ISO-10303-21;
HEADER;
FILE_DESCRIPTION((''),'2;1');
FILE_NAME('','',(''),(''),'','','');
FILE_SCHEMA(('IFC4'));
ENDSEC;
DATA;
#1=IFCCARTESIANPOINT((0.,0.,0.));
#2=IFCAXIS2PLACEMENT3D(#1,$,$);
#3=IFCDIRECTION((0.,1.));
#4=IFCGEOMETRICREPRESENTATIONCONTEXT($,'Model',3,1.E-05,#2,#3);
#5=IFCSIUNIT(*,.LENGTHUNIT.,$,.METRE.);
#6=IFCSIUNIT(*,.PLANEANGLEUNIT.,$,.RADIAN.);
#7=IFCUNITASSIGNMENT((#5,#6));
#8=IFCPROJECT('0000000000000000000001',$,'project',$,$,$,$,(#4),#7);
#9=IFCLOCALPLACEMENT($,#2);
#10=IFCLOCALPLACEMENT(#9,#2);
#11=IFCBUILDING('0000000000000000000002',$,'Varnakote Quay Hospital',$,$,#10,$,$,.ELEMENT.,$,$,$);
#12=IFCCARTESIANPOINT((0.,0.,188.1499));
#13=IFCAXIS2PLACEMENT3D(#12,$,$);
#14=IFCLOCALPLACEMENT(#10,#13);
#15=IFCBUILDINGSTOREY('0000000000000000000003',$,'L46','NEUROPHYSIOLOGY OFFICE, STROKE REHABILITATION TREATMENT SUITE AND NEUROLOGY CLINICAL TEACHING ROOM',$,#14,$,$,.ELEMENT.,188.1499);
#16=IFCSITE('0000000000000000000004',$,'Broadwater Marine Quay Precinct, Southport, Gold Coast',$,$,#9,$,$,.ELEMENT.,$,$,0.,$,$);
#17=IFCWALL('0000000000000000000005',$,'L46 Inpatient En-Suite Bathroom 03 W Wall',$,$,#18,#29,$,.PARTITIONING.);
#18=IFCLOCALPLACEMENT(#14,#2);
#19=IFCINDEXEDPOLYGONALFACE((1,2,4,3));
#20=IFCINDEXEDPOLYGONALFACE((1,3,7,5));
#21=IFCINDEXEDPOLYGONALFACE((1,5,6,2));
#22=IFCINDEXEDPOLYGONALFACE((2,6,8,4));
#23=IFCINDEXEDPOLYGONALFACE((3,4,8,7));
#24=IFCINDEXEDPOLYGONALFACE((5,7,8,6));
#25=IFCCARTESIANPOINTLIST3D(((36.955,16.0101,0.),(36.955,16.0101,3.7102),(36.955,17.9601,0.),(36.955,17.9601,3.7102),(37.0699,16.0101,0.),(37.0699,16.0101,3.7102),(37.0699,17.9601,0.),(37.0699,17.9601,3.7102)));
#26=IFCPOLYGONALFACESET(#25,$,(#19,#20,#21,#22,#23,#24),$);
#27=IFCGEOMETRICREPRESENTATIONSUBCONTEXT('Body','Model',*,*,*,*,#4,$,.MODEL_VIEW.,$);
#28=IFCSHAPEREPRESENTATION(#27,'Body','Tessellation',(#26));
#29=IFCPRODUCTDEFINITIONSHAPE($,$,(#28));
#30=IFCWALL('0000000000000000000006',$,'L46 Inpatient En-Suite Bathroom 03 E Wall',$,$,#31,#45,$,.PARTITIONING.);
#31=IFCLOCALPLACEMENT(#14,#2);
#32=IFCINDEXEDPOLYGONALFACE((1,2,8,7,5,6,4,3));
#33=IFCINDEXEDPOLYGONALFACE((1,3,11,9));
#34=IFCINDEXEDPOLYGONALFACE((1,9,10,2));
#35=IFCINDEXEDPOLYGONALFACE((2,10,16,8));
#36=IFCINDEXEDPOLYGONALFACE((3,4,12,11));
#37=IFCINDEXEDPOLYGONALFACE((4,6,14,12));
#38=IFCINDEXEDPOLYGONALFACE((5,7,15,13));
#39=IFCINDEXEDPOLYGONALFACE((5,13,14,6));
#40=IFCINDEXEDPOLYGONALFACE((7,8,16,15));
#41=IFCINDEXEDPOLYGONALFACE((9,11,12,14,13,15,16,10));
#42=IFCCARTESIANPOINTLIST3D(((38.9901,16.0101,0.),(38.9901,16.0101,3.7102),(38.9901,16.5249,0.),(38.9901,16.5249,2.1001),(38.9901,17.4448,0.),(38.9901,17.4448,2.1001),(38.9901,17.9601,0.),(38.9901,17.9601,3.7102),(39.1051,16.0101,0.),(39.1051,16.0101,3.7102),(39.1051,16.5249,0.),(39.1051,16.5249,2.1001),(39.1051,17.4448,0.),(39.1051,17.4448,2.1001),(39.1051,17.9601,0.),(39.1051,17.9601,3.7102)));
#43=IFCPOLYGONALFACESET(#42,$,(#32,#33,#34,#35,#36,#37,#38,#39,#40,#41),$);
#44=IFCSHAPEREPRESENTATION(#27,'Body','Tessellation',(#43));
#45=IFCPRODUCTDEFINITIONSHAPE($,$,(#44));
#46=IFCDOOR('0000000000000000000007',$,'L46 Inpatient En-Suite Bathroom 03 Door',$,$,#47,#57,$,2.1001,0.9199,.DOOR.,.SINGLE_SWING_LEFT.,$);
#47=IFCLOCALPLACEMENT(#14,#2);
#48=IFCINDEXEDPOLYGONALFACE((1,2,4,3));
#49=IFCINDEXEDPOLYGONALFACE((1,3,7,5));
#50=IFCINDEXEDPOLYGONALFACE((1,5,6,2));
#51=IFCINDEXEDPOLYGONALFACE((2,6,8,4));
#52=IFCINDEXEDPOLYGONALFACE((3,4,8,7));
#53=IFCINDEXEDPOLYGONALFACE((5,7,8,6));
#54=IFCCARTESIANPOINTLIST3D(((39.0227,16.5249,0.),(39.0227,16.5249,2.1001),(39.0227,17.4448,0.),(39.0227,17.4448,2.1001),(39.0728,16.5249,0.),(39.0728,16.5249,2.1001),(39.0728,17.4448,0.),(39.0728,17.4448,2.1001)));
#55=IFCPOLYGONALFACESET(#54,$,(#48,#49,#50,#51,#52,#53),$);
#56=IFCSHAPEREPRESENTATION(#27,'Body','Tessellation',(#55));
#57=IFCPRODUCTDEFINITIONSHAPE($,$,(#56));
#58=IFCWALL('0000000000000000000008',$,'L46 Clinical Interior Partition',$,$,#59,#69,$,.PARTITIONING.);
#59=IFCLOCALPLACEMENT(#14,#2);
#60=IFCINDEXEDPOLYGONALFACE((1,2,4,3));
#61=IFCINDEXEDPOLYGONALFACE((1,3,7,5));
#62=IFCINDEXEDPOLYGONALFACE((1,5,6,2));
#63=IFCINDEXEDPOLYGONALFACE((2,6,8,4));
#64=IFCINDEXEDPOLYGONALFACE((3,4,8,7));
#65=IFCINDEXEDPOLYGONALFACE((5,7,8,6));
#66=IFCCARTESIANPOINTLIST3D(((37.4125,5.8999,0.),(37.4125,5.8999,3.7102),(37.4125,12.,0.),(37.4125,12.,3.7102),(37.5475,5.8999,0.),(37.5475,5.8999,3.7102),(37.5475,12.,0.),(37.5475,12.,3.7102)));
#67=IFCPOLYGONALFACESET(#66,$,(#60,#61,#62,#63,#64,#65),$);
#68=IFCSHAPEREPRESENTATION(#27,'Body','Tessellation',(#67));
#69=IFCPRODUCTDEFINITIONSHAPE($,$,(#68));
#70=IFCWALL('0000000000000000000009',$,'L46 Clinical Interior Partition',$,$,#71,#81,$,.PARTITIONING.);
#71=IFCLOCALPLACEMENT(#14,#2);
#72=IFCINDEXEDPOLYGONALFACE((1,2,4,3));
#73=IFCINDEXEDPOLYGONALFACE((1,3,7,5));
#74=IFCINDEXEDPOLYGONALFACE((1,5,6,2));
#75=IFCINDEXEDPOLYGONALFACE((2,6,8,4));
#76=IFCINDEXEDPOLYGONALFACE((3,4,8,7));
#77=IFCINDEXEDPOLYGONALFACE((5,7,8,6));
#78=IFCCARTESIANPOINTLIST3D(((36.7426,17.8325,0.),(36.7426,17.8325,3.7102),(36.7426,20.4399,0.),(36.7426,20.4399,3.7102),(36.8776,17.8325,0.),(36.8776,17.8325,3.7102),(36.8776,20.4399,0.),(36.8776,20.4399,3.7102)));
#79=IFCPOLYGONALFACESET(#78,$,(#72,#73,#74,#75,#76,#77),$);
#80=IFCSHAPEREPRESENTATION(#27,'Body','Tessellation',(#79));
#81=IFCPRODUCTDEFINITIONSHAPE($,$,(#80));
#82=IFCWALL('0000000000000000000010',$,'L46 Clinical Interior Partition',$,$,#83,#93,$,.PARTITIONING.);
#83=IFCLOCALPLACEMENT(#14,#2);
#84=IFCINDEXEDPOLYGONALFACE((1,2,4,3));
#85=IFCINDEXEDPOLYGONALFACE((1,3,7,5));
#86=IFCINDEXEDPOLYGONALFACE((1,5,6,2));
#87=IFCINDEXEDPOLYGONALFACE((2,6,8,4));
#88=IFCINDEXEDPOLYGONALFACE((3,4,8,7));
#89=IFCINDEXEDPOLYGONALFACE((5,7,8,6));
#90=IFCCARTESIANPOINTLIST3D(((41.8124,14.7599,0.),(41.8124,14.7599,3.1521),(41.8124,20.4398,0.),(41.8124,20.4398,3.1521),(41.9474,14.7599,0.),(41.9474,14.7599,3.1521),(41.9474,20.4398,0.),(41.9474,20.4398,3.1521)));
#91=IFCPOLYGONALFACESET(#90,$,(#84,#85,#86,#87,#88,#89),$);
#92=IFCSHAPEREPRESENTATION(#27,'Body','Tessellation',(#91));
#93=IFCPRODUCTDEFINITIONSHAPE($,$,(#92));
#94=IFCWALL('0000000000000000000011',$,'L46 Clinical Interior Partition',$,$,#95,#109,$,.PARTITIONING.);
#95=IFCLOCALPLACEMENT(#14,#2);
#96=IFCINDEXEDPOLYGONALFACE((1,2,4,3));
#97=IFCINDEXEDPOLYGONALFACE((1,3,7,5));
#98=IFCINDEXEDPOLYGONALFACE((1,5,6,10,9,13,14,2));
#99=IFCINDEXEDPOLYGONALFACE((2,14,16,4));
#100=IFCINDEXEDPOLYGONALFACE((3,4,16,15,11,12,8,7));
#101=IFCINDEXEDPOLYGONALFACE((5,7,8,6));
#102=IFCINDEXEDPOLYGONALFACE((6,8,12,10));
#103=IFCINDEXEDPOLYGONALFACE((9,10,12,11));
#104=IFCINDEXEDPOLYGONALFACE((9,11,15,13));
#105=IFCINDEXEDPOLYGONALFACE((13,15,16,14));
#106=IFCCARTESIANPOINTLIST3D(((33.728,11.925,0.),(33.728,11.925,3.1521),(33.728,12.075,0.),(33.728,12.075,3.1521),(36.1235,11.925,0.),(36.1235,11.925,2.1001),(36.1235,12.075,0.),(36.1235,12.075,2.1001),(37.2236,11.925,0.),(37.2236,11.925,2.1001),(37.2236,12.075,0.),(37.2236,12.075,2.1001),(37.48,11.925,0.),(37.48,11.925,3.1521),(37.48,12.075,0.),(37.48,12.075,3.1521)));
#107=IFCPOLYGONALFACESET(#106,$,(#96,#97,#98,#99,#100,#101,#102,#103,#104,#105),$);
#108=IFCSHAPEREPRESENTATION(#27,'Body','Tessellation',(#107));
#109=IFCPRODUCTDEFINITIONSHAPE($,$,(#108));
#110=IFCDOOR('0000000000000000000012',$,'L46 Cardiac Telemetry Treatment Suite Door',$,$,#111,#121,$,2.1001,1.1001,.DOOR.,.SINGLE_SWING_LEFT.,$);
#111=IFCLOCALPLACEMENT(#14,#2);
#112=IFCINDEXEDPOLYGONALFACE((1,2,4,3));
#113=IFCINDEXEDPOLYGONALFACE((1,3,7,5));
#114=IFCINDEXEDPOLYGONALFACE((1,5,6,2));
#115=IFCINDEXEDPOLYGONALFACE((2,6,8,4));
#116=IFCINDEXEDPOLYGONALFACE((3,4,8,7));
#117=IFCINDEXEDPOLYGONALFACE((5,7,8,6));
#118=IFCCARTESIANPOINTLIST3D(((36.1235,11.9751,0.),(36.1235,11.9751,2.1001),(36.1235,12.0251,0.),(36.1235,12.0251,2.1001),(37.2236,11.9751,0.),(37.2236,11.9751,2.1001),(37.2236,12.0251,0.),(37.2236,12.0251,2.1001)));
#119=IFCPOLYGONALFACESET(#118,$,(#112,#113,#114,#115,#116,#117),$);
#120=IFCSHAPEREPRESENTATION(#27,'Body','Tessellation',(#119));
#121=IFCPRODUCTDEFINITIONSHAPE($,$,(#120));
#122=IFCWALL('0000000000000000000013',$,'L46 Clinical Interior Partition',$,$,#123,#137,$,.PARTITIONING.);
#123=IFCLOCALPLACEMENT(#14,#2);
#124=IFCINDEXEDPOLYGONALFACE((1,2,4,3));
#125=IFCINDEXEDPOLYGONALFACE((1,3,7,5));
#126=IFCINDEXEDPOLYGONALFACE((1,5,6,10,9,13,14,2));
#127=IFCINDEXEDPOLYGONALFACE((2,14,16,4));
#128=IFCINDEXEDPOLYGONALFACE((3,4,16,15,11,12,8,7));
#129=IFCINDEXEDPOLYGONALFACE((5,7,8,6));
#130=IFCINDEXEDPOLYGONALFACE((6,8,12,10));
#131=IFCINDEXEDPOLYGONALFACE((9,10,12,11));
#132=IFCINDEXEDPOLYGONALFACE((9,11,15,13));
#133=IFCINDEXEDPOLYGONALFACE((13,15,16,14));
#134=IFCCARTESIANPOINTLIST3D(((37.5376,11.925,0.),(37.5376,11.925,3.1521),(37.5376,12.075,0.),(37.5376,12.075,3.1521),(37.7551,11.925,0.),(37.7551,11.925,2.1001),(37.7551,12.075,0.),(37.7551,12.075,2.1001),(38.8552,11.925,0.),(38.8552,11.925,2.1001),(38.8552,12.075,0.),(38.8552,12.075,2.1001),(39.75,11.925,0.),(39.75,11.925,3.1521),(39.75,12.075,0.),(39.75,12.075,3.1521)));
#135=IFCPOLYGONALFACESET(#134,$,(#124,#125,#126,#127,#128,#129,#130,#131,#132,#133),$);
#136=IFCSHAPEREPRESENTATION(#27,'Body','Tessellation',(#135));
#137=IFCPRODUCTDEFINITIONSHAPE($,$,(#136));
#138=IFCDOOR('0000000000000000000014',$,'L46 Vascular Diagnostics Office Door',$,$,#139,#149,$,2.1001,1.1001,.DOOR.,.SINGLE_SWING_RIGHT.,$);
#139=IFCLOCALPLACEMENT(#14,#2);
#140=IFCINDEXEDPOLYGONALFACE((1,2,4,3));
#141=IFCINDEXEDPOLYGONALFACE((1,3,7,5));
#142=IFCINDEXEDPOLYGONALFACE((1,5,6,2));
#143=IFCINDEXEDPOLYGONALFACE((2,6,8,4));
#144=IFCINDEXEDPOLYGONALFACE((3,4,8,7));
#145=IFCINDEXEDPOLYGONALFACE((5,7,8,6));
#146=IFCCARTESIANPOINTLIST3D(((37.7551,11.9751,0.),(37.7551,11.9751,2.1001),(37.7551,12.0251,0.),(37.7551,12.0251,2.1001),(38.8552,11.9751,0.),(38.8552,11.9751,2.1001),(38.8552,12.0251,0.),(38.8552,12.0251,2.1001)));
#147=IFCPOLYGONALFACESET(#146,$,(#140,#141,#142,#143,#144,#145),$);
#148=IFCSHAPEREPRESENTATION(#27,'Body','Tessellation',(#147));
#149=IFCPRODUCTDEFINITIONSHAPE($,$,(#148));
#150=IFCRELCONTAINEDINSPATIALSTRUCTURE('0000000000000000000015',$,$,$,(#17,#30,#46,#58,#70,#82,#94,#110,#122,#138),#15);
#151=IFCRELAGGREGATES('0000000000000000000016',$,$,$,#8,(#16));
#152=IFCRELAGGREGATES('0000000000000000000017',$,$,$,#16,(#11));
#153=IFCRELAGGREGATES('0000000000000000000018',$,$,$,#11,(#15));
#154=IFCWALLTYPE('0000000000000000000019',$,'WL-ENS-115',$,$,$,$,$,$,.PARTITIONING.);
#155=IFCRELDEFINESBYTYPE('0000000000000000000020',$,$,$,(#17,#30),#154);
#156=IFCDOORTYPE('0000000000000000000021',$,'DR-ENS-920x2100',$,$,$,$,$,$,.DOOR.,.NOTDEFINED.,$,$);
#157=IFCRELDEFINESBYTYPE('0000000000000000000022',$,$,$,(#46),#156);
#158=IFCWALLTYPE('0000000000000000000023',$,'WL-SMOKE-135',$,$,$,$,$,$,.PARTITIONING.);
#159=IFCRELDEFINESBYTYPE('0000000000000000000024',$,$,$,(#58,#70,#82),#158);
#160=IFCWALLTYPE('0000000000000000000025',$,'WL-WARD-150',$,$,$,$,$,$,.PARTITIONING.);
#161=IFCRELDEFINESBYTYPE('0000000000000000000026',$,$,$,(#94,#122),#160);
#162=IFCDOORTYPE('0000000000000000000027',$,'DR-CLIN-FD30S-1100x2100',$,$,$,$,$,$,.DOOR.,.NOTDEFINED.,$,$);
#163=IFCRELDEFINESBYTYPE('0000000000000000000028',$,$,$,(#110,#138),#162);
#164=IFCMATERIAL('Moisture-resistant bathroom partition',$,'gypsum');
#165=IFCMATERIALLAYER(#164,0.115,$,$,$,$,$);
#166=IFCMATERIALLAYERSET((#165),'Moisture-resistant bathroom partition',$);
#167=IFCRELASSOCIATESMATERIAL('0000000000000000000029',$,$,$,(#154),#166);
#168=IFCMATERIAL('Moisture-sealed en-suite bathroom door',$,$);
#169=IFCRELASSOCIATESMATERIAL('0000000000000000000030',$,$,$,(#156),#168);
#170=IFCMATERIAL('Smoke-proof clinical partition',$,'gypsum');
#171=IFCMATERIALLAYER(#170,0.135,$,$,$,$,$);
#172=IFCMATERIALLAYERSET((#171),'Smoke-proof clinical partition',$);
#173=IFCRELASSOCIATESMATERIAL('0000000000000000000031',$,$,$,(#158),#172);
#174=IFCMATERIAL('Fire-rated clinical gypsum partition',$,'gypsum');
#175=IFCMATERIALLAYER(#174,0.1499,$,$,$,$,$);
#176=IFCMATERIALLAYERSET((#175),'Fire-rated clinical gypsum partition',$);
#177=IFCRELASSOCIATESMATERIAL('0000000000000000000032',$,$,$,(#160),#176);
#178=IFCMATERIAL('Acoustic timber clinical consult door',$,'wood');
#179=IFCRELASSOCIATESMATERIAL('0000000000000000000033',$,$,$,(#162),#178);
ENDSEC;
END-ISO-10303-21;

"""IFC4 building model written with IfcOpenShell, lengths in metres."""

from ifc_helpers import new_model, si_unit, direction, frame, frame_2d, origin, place, context, subcontext, project, spatial, rectangle, extrude, material, layer, layer_set, type_object, element, fill, save


model = new_model("IFC4")

# Units and contexts
model_context = context("Model", 3, precision=1e-05, world=origin(), true_north=direction((0.0, 1.0)))
body_context = subcontext(model_context, "Body", "Model", "MODEL_VIEW")
ifc_project = project(units=[si_unit("LENGTHUNIT", "METRE"), si_unit("PLANEANGLEUNIT", "RADIAN")], contexts=[model_context])

# Site, building, storey
site_placement = place(None, origin())
site = spatial("IfcSite", under=ifc_project, at=site_placement, Name="Broadwater Marine Quay Precinct, Southport, Gold Coast", CompositionType="ELEMENT", RefElevation=0.0)
building_placement = place(site_placement, origin())
building = spatial("IfcBuilding", under=site, at=building_placement, Name="Varnakote Quay Hospital", CompositionType="ELEMENT")
storey_placement = place(building_placement, frame((0.0, 0.0, 188.1499)))
storey = spatial("IfcBuildingStorey", under=building, at=storey_placement, Name="L46", Description="NEUROPHYSIOLOGY OFFICE, STROKE REHABILITATION TREATMENT SUITE AND NEUROLOGY CLINICAL TEACHING ROOM", CompositionType="ELEMENT", Elevation=188.1499)

# Wall
ifc_material_1 = material(Name="Moisture-resistant bathroom partition", Category="gypsum")
ifc_layer_1 = layer(ifc_material_1, 0.115)
ifc_layer_set_1 = layer_set([ifc_layer_1], Name="Moisture-resistant bathroom partition")
wall_type_1 = type_object("IfcWallType", Name="WL-ENS-115", PredefinedType="PARTITIONING", material=ifc_layer_set_1)
wall_1_placement = place(storey_placement, frame((37.0125, 16.01, 0.0), z_axis=(0.0, 0.0, 1.0), x_axis=(0.0, 1.0, 0.0)))
element("IfcWall", 1, at=wall_1_placement, inside=storey, type_object=wall_type_1, Name="L46 Inpatient En-Suite Bathroom 03 W Wall", PredefinedType="PARTITIONING", context=body_context, shape_type="SweptSolid", body=[
    extrude(rectangle(XDim=1.95, YDim=0.115, at=frame_2d((0.9751, 0.0))), origin(), (0.0, 0.0, 1.0), 3.7102),
])

# Wall, opening, door
wall_2_placement = place(storey_placement, frame((39.0476, 16.01, 0.0), z_axis=(0.0, 0.0, 1.0), x_axis=(0.0, 1.0, 0.0)))
wall_2 = element("IfcWall", 2, at=wall_2_placement, inside=storey, type_object=wall_type_1, Name="L46 Inpatient En-Suite Bathroom 03 E Wall", PredefinedType="PARTITIONING", context=body_context, shape_type="SweptSolid", body=[
    extrude(rectangle(XDim=1.95, YDim=0.115, at=frame_2d((0.9751, 0.0))), origin(), (0.0, 0.0, 1.0), 3.7102),
])
opening_1_placement = place(wall_2_placement, frame((0.5149, 0.0, 0.0)))
opening_1 = element("IfcOpeningElement", 3, at=opening_1_placement, cuts=wall_2, PredefinedType="OPENING", context=body_context, shape_type="SweptSolid", body=[
    extrude(rectangle(XDim=0.9199, YDim=2.1001, at=frame_2d((0.46, 1.05))), frame((0.0, 0.0674, 0.0), z_axis=(0.0, -1.0, 0.0), x_axis=(1.0, 0.0, 0.0)), (0.0, 0.0, 1.0), 0.135),
])
ifc_material_2 = material(Name="Moisture-sealed en-suite bathroom door")
door_type_1 = type_object("IfcDoorType", Name="DR-ENS-920x2100", OperationType="NOTDEFINED", PredefinedType="DOOR", material=ifc_material_2)
door_1_placement = place(opening_1_placement, origin())
door_1 = element("IfcDoor", 4, at=door_1_placement, inside=storey, type_object=door_type_1, Name="L46 Inpatient En-Suite Bathroom 03 Door", OperationType="SINGLE_SWING_LEFT", OverallHeight=2.1001, OverallWidth=0.9199, PredefinedType="DOOR", context=body_context, shape_type="SweptSolid", body=[
    extrude(rectangle(XDim=0.9199, YDim=2.1001, at=frame_2d((0.46, 1.05))), frame((0.0, 0.0249, 0.0), z_axis=(0.0, -1.0, 0.0), x_axis=(1.0, 0.0, 0.0)), (0.0, 0.0, 1.0), 0.05),
])
fill(opening_1, door_1)

# Walls
ifc_material_3 = material(Name="Smoke-proof clinical partition", Category="gypsum")
ifc_layer_2 = layer(ifc_material_3, 0.135)
ifc_layer_set_2 = layer_set([ifc_layer_2], Name="Smoke-proof clinical partition")
wall_type_2 = type_object("IfcWallType", Name="WL-SMOKE-135", PredefinedType="PARTITIONING", material=ifc_layer_set_2)
wall_3_placement = place(storey_placement, frame((37.48, 5.8999, 0.0), z_axis=(0.0, 0.0, 1.0), x_axis=(0.0, 1.0, 0.0)))
element("IfcWall", 5, at=wall_3_placement, inside=storey, type_object=wall_type_2, Name="L46 Clinical Interior Partition", PredefinedType="PARTITIONING", context=body_context, shape_type="SweptSolid", body=[
    extrude(rectangle(XDim=6.1001, YDim=0.135, at=frame_2d((3.05, 0.0))), origin(), (0.0, 0.0, 1.0), 3.7102),
])
wall_4_placement = place(storey_placement, frame((36.8101, 17.8325, 0.0), z_axis=(0.0, 0.0, 1.0), x_axis=(0.0, 1.0, 0.0)))
element("IfcWall", 6, at=wall_4_placement, inside=storey, type_object=wall_type_2, Name="L46 Clinical Interior Partition", PredefinedType="PARTITIONING", context=body_context, shape_type="SweptSolid", body=[
    extrude(rectangle(XDim=2.6074, YDim=0.135, at=frame_2d((1.3037, 0.0))), origin(), (0.0, 0.0, 1.0), 3.7102),
])
wall_5_placement = place(storey_placement, frame((41.8799, 14.76, 0.0), z_axis=(0.0, 0.0, 1.0), x_axis=(0.0, 1.0, 0.0)))
element("IfcWall", 7, at=wall_5_placement, inside=storey, type_object=wall_type_2, Name="L46 Clinical Interior Partition", PredefinedType="PARTITIONING", context=body_context, shape_type="SweptSolid", body=[
    extrude(rectangle(XDim=5.6799, YDim=0.135, at=frame_2d((2.8398, 0.0))), origin(), (0.0, 0.0, 1.0), 3.1521),
])

# Walls, openings, doors
ifc_material_4 = material(Name="Fire-rated clinical gypsum partition", Category="gypsum")
ifc_layer_3 = layer(ifc_material_4, 0.1499)
ifc_layer_set_3 = layer_set([ifc_layer_3], Name="Fire-rated clinical gypsum partition")
wall_type_3 = type_object("IfcWallType", Name="WL-WARD-150", PredefinedType="PARTITIONING", material=ifc_layer_set_3)
wall_6_placement = place(storey_placement, frame((37.48, 12.0, 0.0), z_axis=(0.0, 0.0, 1.0), x_axis=(-1.0, 0.0, 0.0)))
wall_6 = element("IfcWall", 8, at=wall_6_placement, inside=storey, type_object=wall_type_3, Name="L46 Clinical Interior Partition", PredefinedType="PARTITIONING", context=body_context, shape_type="SweptSolid", body=[
    extrude(rectangle(XDim=3.752, YDim=0.1499, at=frame_2d((1.876, 0.0))), origin(), (0.0, 0.0, 1.0), 3.1521),
])
opening_2_placement = place(wall_6_placement, frame((0.2563, 0.0, 0.0)))
opening_2 = element("IfcOpeningElement", 9, at=opening_2_placement, cuts=wall_6, PredefinedType="OPENING", context=body_context, shape_type="SweptSolid", body=[
    extrude(rectangle(XDim=1.1001, YDim=2.1001, at=frame_2d((0.55, 1.05))), frame((0.0, 0.085, 0.0), z_axis=(0.0, -1.0, 0.0), x_axis=(1.0, 0.0, 0.0)), (0.0, 0.0, 1.0), 0.1699),
])
ifc_material_5 = material(Name="Acoustic timber clinical consult door", Category="wood")
door_type_2 = type_object("IfcDoorType", Name="DR-CLIN-FD30S-1100x2100", OperationType="NOTDEFINED", PredefinedType="DOOR", material=ifc_material_5)
door_2_placement = place(opening_2_placement, origin())
door_2 = element("IfcDoor", 10, at=door_2_placement, inside=storey, type_object=door_type_2, Name="L46 Cardiac Telemetry Treatment Suite Door", OperationType="SINGLE_SWING_LEFT", OverallHeight=2.1001, OverallWidth=1.1001, PredefinedType="DOOR", context=body_context, shape_type="SweptSolid", body=[
    extrude(rectangle(XDim=1.1001, YDim=2.1001, at=frame_2d((0.55, 1.05))), frame((0.0, 0.0249, 0.0), z_axis=(0.0, -1.0, 0.0), x_axis=(1.0, 0.0, 0.0)), (0.0, 0.0, 1.0), 0.05),
])
fill(opening_2, door_2)
wall_7_placement = place(storey_placement, frame((39.75, 12.0, 0.0), z_axis=(0.0, 0.0, 1.0), x_axis=(-1.0, 0.0, 0.0)))
wall_7 = element("IfcWall", 11, at=wall_7_placement, inside=storey, type_object=wall_type_3, Name="L46 Clinical Interior Partition", PredefinedType="PARTITIONING", context=body_context, shape_type="SweptSolid", body=[
    extrude(rectangle(XDim=2.2124, YDim=0.1499, at=frame_2d((1.1062, 0.0))), origin(), (0.0, 0.0, 1.0), 3.1521),
])
opening_3_placement = place(wall_7_placement, frame((0.8948, 0.0, 0.0)))
opening_3 = element("IfcOpeningElement", 12, at=opening_3_placement, cuts=wall_7, PredefinedType="OPENING", context=body_context, shape_type="SweptSolid", body=[
    extrude(rectangle(XDim=1.1001, YDim=2.1001, at=frame_2d((0.55, 1.05))), frame((0.0, 0.085, 0.0), z_axis=(0.0, -1.0, 0.0), x_axis=(1.0, 0.0, 0.0)), (0.0, 0.0, 1.0), 0.1699),
])
door_3_placement = place(opening_3_placement, origin())
door_3 = element("IfcDoor", 13, at=door_3_placement, inside=storey, type_object=door_type_2, Name="L46 Vascular Diagnostics Office Door", OperationType="SINGLE_SWING_RIGHT", OverallHeight=2.1001, OverallWidth=1.1001, PredefinedType="DOOR", context=body_context, shape_type="SweptSolid", body=[
    extrude(rectangle(XDim=1.1001, YDim=2.1001, at=frame_2d((0.55, 1.05))), frame((0.0, 0.0249, 0.0), z_axis=(0.0, -1.0, 0.0), x_axis=(1.0, 0.0, 0.0)), (0.0, 0.0, 1.0), 0.05),
])
fill(opening_3, door_3)

save(model, "model.ifc")
